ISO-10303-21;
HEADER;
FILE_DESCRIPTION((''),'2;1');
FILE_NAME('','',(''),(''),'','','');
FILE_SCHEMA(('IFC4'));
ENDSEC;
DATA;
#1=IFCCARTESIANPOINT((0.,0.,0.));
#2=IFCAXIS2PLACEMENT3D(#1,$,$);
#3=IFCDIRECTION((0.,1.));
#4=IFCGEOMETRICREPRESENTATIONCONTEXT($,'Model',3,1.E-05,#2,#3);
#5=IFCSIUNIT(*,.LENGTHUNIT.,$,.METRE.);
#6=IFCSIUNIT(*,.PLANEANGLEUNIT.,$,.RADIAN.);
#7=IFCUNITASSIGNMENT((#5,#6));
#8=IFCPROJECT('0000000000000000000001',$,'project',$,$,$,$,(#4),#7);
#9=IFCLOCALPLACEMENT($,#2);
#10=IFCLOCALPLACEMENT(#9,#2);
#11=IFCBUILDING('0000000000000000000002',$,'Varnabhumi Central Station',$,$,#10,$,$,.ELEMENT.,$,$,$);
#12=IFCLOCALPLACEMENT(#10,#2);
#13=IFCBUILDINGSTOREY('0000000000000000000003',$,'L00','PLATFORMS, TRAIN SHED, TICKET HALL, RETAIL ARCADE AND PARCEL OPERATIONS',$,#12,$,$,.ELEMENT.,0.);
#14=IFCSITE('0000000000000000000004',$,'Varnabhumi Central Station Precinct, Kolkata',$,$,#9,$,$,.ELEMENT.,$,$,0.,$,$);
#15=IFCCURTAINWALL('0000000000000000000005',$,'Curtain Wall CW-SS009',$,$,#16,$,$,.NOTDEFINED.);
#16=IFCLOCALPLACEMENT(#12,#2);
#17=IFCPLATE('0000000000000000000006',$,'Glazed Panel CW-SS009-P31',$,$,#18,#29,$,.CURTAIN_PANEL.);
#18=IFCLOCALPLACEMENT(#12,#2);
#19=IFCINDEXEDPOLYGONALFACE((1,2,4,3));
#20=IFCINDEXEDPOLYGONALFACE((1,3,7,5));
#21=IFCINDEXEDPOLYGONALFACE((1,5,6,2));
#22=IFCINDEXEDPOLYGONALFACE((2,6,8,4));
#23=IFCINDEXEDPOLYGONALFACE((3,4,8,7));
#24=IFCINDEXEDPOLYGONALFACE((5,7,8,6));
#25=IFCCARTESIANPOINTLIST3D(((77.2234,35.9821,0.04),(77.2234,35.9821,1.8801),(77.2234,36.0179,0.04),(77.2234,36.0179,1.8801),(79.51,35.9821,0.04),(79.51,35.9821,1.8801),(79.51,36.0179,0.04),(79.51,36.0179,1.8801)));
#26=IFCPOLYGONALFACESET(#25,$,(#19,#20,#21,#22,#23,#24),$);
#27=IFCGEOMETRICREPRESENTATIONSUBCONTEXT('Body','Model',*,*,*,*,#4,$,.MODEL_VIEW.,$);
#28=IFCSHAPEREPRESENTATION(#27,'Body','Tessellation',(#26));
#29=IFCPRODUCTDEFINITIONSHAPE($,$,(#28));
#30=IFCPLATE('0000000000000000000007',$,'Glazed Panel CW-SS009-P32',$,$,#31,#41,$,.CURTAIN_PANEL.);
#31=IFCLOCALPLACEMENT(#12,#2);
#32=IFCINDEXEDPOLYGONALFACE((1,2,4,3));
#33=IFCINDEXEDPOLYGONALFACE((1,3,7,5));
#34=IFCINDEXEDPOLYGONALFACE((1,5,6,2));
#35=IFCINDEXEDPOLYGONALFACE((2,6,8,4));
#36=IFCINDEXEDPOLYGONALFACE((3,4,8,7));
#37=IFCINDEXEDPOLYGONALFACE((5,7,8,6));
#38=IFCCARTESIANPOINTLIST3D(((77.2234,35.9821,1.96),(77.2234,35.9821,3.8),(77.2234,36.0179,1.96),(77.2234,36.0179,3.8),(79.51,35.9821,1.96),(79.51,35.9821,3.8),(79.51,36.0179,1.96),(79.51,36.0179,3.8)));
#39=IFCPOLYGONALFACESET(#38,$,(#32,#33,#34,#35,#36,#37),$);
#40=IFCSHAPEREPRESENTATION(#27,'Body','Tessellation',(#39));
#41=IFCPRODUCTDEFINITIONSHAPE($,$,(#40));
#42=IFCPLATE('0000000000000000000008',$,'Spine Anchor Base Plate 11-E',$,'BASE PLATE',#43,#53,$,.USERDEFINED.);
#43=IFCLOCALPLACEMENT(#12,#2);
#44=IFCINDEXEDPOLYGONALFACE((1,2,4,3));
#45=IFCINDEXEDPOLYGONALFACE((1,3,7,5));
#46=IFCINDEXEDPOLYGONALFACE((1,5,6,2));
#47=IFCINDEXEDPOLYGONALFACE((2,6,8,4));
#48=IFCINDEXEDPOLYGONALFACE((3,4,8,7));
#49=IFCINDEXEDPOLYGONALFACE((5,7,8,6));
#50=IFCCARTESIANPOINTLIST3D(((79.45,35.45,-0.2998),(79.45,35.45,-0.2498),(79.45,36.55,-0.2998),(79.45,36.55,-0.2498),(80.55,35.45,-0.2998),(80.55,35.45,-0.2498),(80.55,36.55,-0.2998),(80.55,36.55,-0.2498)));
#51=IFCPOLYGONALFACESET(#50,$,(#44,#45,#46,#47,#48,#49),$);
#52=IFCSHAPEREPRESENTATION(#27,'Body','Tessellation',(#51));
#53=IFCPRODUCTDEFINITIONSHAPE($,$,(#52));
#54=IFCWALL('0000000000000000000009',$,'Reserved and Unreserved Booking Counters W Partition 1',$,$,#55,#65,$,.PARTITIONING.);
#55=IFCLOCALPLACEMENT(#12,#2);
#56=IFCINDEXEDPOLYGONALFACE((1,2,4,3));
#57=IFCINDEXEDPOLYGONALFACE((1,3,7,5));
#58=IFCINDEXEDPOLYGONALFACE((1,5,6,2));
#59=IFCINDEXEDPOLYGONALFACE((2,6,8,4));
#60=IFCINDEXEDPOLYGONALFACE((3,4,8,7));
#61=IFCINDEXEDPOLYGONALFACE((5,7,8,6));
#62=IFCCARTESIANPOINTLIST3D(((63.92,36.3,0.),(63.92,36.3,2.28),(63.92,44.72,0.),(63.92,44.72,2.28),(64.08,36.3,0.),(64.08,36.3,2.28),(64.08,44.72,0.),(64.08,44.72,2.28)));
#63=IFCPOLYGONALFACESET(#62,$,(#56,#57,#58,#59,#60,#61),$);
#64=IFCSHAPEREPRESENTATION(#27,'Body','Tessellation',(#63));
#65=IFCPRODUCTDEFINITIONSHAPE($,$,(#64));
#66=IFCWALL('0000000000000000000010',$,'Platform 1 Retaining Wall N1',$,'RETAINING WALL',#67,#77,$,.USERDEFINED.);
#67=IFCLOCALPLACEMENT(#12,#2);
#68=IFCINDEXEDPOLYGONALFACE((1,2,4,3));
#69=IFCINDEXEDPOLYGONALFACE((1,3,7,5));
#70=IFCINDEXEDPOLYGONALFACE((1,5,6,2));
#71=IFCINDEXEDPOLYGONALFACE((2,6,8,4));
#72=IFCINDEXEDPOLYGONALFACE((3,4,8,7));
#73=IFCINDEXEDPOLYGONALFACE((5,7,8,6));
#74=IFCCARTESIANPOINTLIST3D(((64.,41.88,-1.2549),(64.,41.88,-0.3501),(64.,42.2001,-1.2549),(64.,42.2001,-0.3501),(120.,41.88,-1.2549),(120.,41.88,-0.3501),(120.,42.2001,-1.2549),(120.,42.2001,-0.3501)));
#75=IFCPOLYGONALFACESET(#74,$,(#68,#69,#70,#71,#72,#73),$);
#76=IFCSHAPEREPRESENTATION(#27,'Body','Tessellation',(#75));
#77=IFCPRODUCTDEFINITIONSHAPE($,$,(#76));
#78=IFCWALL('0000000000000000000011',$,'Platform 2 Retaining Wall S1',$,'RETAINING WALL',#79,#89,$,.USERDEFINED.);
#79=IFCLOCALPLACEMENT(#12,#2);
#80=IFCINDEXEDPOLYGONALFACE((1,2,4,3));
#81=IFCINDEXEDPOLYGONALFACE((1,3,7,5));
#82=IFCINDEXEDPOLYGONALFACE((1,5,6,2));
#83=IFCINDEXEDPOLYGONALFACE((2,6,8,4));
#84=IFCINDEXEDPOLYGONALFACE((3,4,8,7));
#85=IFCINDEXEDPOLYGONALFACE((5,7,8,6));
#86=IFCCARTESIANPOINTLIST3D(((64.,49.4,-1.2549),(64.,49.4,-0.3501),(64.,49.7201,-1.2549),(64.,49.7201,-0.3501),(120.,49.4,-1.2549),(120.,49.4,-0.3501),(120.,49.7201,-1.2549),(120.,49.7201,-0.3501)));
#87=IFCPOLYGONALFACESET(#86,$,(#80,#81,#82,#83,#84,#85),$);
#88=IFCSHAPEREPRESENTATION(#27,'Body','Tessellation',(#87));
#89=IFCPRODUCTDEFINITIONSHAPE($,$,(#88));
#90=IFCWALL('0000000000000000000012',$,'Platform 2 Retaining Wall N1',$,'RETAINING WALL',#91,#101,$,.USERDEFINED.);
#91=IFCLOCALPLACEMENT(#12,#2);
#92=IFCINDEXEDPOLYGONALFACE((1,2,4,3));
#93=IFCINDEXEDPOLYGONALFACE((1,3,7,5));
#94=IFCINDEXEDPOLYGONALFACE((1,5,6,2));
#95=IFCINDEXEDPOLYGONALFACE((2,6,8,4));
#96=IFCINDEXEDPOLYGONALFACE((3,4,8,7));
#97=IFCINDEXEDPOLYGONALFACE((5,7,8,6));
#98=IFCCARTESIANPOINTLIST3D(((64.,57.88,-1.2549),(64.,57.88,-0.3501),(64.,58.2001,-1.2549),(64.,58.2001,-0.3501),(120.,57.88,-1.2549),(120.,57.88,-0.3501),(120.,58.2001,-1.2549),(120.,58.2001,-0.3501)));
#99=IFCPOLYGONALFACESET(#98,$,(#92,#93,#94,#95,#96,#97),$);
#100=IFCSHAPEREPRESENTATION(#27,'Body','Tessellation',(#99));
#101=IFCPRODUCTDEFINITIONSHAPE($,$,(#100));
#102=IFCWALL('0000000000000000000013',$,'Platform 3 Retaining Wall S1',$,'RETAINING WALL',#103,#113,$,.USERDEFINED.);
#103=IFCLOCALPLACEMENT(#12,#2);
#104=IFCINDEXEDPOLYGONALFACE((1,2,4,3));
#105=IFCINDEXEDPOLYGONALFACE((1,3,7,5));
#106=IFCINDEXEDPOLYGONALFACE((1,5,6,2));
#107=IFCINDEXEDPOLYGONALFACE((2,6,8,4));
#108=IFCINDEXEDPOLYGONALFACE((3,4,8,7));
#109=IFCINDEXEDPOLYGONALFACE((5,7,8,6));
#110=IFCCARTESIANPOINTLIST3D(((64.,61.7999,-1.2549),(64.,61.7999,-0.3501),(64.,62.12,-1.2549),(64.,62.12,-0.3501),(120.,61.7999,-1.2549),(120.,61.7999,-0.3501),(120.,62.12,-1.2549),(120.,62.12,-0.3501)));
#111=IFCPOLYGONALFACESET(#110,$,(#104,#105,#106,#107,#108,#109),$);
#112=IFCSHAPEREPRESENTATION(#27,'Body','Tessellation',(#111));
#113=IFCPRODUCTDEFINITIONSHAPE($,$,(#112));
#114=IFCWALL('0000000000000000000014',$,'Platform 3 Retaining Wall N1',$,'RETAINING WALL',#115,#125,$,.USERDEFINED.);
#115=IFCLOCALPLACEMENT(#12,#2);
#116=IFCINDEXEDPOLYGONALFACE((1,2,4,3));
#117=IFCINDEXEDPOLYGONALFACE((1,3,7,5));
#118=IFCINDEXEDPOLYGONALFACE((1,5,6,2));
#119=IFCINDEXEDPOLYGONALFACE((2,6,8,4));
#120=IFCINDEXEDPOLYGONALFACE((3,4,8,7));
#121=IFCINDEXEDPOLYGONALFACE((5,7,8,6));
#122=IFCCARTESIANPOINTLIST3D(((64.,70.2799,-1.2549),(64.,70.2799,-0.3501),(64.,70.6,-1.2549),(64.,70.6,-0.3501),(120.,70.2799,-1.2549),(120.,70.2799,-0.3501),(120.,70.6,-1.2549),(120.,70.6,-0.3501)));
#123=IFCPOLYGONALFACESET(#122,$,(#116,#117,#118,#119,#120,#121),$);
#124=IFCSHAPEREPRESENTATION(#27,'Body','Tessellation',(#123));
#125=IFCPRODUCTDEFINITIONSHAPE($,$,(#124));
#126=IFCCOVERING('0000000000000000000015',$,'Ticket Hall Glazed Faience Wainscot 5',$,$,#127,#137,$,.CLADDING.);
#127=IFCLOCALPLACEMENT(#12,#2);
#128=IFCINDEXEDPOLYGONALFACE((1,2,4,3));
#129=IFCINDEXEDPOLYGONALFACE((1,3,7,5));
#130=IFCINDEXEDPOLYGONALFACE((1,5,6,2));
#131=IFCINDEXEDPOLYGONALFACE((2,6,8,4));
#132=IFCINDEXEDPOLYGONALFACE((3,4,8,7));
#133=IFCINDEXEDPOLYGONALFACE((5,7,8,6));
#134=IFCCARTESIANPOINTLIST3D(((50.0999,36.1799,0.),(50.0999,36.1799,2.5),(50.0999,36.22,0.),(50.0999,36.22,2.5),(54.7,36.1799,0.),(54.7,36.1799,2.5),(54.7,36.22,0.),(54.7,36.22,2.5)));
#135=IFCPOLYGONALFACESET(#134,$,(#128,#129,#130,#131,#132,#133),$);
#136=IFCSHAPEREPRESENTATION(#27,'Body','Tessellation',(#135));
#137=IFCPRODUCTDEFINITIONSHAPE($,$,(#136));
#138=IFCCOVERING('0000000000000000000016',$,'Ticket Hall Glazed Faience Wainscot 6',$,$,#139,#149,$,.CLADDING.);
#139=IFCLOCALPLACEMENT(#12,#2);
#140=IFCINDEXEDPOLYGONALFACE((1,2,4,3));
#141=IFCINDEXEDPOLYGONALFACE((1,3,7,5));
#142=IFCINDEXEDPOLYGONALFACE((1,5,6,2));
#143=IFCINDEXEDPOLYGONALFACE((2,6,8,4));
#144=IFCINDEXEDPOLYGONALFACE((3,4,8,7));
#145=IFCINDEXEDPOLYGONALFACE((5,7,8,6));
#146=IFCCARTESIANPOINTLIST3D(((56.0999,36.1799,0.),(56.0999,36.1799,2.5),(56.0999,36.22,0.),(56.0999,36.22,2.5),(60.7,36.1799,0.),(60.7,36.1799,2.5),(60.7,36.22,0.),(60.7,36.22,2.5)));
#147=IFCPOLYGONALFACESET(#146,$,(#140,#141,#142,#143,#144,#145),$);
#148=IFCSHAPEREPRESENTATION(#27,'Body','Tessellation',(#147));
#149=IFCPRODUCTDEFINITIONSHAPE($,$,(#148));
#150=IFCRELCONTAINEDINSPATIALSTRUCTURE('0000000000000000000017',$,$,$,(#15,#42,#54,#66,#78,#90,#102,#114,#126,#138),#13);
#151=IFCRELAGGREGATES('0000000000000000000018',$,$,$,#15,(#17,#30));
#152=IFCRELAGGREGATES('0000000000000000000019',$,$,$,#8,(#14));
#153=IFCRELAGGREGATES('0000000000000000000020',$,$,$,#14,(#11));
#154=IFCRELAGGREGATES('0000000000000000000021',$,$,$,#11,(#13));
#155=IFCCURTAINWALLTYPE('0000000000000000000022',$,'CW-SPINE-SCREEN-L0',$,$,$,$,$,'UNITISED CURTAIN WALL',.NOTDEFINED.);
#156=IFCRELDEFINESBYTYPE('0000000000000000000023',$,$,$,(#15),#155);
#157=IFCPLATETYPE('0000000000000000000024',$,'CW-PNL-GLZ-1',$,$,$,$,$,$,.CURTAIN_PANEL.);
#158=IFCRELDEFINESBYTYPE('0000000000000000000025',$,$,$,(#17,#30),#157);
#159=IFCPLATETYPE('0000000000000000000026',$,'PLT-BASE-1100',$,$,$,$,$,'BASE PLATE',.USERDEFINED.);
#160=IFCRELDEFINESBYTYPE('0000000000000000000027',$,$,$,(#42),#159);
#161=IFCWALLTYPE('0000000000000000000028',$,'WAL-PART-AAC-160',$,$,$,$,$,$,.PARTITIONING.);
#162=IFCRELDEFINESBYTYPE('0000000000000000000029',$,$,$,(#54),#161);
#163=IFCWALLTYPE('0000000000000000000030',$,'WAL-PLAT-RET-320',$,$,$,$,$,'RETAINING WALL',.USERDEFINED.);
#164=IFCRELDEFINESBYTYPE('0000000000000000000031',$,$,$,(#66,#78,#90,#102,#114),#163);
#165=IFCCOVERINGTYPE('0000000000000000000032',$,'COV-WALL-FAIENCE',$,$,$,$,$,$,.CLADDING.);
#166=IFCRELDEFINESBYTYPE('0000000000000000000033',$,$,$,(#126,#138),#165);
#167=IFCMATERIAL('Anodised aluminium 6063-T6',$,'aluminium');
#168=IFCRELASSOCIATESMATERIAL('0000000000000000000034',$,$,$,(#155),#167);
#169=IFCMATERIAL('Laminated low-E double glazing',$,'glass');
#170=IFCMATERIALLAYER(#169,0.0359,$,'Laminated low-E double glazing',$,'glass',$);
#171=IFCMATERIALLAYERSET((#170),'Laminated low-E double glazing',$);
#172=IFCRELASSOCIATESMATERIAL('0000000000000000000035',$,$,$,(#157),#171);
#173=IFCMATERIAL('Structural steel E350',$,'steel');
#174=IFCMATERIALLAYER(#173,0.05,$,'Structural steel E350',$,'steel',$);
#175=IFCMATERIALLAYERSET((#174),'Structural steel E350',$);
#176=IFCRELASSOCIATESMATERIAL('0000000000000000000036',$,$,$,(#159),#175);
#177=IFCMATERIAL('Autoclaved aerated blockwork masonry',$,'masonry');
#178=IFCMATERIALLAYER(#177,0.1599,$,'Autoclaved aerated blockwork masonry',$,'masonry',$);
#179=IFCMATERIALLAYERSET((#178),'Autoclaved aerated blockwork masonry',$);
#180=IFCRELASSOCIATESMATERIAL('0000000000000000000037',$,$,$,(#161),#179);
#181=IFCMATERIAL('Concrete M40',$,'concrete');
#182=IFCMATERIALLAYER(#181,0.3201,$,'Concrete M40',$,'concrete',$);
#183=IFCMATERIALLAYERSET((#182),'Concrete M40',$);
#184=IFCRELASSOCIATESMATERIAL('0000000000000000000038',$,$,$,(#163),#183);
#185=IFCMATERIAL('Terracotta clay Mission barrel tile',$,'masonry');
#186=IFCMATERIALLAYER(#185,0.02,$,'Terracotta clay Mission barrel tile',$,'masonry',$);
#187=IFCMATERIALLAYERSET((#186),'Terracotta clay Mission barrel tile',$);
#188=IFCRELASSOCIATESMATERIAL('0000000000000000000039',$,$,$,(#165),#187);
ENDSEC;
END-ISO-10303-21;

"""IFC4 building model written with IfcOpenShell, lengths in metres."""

from ifc_helpers import new_model, si_unit, direction, frame, frame_2d, origin, origin_2d, place, context, subcontext, project, spatial, rectangle, extrude, material, layer, layer_set, type_object, element, aggregate, save


model = new_model("IFC4")

# Units and contexts
model_context = context("Model", 3, precision=1e-05, world=origin(), true_north=direction((0.0, 1.0)))
body_context = subcontext(model_context, "Body", "Model", "MODEL_VIEW")
ifc_project = project(units=[si_unit("LENGTHUNIT", "METRE"), si_unit("PLANEANGLEUNIT", "RADIAN")], contexts=[model_context])

# Site, building, storey
site_placement = place(None, origin())
site = spatial("IfcSite", under=ifc_project, at=site_placement, Name="Varnabhumi Central Station Precinct, Kolkata", CompositionType="ELEMENT", RefElevation=0.0)
building_placement = place(site_placement, origin())
building = spatial("IfcBuilding", under=site, at=building_placement, Name="Varnabhumi Central Station", CompositionType="ELEMENT")
storey_placement = place(building_placement, origin())
storey = spatial("IfcBuildingStorey", under=building, at=storey_placement, Name="L00", Description="PLATFORMS, TRAIN SHED, TICKET HALL, RETAIL ARCADE AND PARCEL OPERATIONS", CompositionType="ELEMENT", Elevation=0.0)

# Shared definitions
ifc_material_1 = material(Name="Concrete M40", Category="concrete")

# Curtain wall, plates
ifc_material_2 = material(Name="Anodised aluminium 6063-T6", Category="aluminium")
curtain_wall_type = type_object("IfcCurtainWallType", Name="CW-SPINE-SCREEN-L0", ElementType="UNITISED CURTAIN WALL", PredefinedType="NOTDEFINED", material=ifc_material_2)
curtain_wall_placement = place(storey_placement, origin())
curtain_wall = element("IfcCurtainWall", 1, at=curtain_wall_placement, inside=storey, type_object=curtain_wall_type, Name="Curtain Wall CW-SS009", PredefinedType="NOTDEFINED")
ifc_material_3 = material(Name="Laminated low-E double glazing", Category="glass")
ifc_layer_1 = layer(ifc_material_3, 0.0359, Name="Laminated low-E double glazing", Category="glass")
ifc_layer_set_1 = layer_set([ifc_layer_1], Name="Laminated low-E double glazing")
plate_type_1 = type_object("IfcPlateType", Name="CW-PNL-GLZ-1", PredefinedType="CURTAIN_PANEL", material=ifc_layer_set_1)
plate_1_placement = place(storey_placement, frame((78.3667, 36.0, 0.04), z_axis=(0.0, 0.0, 1.0), x_axis=(1.0, 0.0, 0.0)))
plate_1 = element("IfcPlate", 2, at=plate_1_placement, type_object=plate_type_1, Name="Glazed Panel CW-SS009-P31", PredefinedType="CURTAIN_PANEL", context=body_context, shape_type="SweptSolid", body=[
    extrude(rectangle(XDim=2.2866, YDim=0.0359, at=origin_2d()), origin(), (0.0, 0.0, 1.0), 1.8401),
])
plate_2_placement = place(storey_placement, frame((78.3667, 36.0, 1.96), z_axis=(0.0, 0.0, 1.0), x_axis=(1.0, 0.0, 0.0)))
plate_2 = element("IfcPlate", 3, at=plate_2_placement, type_object=plate_type_1, Name="Glazed Panel CW-SS009-P32", PredefinedType="CURTAIN_PANEL", context=body_context, shape_type="SweptSolid", body=[
    extrude(rectangle(XDim=2.2866, YDim=0.0359, at=origin_2d()), origin(), (0.0, 0.0, 1.0), 1.8401),
])
aggregate(curtain_wall, [plate_1, plate_2])

# Plate
ifc_material_4 = material(Name="Structural steel E350", Category="steel")
ifc_layer_2 = layer(ifc_material_4, 0.05, Name="Structural steel E350", Category="steel")
ifc_layer_set_2 = layer_set([ifc_layer_2], Name="Structural steel E350")
plate_type_2 = type_object("IfcPlateType", Name="PLT-BASE-1100", ElementType="BASE PLATE", PredefinedType="USERDEFINED", material=ifc_layer_set_2)
plate_3_placement = place(storey_placement, frame((80.0, 36.0, -0.2998), z_axis=(0.0, 0.0, 1.0), x_axis=(1.0, 0.0, 0.0)))
element("IfcPlate", 4, at=plate_3_placement, inside=storey, type_object=plate_type_2, Name="Spine Anchor Base Plate 11-E", ObjectType="BASE PLATE", PredefinedType="USERDEFINED", context=body_context, shape_type="SweptSolid", body=[
    extrude(rectangle(XDim=1.1001, YDim=1.1001, at=origin_2d()), origin(), (0.0, 0.0, 1.0), 0.05),
])

# Walls
ifc_material_5 = material(Name="Autoclaved aerated blockwork masonry", Category="masonry")
ifc_layer_3 = layer(ifc_material_5, 0.1599, Name="Autoclaved aerated blockwork masonry", Category="masonry")
ifc_layer_set_3 = layer_set([ifc_layer_3], Name="Autoclaved aerated blockwork masonry")
wall_type_1 = type_object("IfcWallType", Name="WAL-PART-AAC-160", PredefinedType="PARTITIONING", material=ifc_layer_set_3)
wall_placement = place(storey_placement, frame((64.0, 36.3, 0.0), z_axis=(0.0, 0.0, 1.0), x_axis=(0.0, 1.0, 0.0)))
element("IfcWall", 5, at=wall_placement, inside=storey, type_object=wall_type_1, Name="Reserved and Unreserved Booking Counters W Partition 1", PredefinedType="PARTITIONING", context=body_context, shape_type="SweptSolid", body=[
    extrude(rectangle(XDim=8.4199, YDim=0.1599, at=frame_2d((4.21, 0.0))), origin(), (0.0, 0.0, 1.0), 2.28),
])
ifc_layer_4 = layer(ifc_material_1, 0.3201, Name="Concrete M40", Category="concrete")
ifc_layer_set_4 = layer_set([ifc_layer_4], Name="Concrete M40")
wall_type_2 = type_object("IfcWallType", Name="WAL-PLAT-RET-320", ElementType="RETAINING WALL", PredefinedType="USERDEFINED", material=ifc_layer_set_4)
for number, where, z_axis, x_axis, name in (
    (6, (64.0, 42.04, -1.2549), (0.0, 0.0, 1.0), (1.0, 0.0, 0.0), "Platform 1 Retaining Wall N1"),
    (7, (64.0, 49.5601, -1.2549), (0.0, 0.0, 1.0), (1.0, 0.0, 0.0), "Platform 2 Retaining Wall S1"),
    (8, (64.0, 58.04, -1.2549), (0.0, 0.0, 1.0), (1.0, 0.0, 0.0), "Platform 2 Retaining Wall N1"),
    (9, (64.0, 61.96, -1.2549), (0.0, 0.0, 1.0), (1.0, 0.0, 0.0), "Platform 3 Retaining Wall S1"),
    (10, (64.0, 70.4399, -1.2549), (0.0, 0.0, 1.0), (1.0, 0.0, 0.0), "Platform 3 Retaining Wall N1"),
):
    element("IfcWall", number, at=place(storey_placement, frame(where, z_axis=z_axis, x_axis=x_axis)), inside=storey, type_object=wall_type_2, Name=name, ObjectType="RETAINING WALL", PredefinedType="USERDEFINED", context=body_context, shape_type="SweptSolid", body=[
        extrude(rectangle(XDim=56.0, YDim=0.3201, at=frame_2d((28.0, 0.0))), origin(), (0.0, 0.0, 1.0), 0.9048),
    ])

# Coverings
ifc_material_6 = material(Name="Terracotta clay Mission barrel tile", Category="masonry")
ifc_layer_5 = layer(ifc_material_6, 0.02, Name="Terracotta clay Mission barrel tile", Category="masonry")
ifc_layer_set_5 = layer_set([ifc_layer_5], Name="Terracotta clay Mission barrel tile")
covering_type = type_object("IfcCoveringType", Name="COV-WALL-FAIENCE", PredefinedType="CLADDING", material=ifc_layer_set_5)
for number, where, z_axis, x_axis, name in (
    (11, (52.3999, 36.2, 0.0), (0.0, 0.0, 1.0), (1.0, 0.0, 0.0), "Ticket Hall Glazed Faience Wainscot 5"),
    (12, (58.3999, 36.2, 0.0), (0.0, 0.0, 1.0), (1.0, 0.0, 0.0), "Ticket Hall Glazed Faience Wainscot 6"),
):
    element("IfcCovering", number, at=place(storey_placement, frame(where, z_axis=z_axis, x_axis=x_axis)), inside=storey, type_object=covering_type, Name=name, PredefinedType="CLADDING", context=body_context, shape_type="SweptSolid", body=[
        extrude(rectangle(XDim=4.6001, YDim=0.04, at=origin_2d()), origin(), (0.0, 0.0, 1.0), 2.5),
    ])

save(model, "model.ifc")
